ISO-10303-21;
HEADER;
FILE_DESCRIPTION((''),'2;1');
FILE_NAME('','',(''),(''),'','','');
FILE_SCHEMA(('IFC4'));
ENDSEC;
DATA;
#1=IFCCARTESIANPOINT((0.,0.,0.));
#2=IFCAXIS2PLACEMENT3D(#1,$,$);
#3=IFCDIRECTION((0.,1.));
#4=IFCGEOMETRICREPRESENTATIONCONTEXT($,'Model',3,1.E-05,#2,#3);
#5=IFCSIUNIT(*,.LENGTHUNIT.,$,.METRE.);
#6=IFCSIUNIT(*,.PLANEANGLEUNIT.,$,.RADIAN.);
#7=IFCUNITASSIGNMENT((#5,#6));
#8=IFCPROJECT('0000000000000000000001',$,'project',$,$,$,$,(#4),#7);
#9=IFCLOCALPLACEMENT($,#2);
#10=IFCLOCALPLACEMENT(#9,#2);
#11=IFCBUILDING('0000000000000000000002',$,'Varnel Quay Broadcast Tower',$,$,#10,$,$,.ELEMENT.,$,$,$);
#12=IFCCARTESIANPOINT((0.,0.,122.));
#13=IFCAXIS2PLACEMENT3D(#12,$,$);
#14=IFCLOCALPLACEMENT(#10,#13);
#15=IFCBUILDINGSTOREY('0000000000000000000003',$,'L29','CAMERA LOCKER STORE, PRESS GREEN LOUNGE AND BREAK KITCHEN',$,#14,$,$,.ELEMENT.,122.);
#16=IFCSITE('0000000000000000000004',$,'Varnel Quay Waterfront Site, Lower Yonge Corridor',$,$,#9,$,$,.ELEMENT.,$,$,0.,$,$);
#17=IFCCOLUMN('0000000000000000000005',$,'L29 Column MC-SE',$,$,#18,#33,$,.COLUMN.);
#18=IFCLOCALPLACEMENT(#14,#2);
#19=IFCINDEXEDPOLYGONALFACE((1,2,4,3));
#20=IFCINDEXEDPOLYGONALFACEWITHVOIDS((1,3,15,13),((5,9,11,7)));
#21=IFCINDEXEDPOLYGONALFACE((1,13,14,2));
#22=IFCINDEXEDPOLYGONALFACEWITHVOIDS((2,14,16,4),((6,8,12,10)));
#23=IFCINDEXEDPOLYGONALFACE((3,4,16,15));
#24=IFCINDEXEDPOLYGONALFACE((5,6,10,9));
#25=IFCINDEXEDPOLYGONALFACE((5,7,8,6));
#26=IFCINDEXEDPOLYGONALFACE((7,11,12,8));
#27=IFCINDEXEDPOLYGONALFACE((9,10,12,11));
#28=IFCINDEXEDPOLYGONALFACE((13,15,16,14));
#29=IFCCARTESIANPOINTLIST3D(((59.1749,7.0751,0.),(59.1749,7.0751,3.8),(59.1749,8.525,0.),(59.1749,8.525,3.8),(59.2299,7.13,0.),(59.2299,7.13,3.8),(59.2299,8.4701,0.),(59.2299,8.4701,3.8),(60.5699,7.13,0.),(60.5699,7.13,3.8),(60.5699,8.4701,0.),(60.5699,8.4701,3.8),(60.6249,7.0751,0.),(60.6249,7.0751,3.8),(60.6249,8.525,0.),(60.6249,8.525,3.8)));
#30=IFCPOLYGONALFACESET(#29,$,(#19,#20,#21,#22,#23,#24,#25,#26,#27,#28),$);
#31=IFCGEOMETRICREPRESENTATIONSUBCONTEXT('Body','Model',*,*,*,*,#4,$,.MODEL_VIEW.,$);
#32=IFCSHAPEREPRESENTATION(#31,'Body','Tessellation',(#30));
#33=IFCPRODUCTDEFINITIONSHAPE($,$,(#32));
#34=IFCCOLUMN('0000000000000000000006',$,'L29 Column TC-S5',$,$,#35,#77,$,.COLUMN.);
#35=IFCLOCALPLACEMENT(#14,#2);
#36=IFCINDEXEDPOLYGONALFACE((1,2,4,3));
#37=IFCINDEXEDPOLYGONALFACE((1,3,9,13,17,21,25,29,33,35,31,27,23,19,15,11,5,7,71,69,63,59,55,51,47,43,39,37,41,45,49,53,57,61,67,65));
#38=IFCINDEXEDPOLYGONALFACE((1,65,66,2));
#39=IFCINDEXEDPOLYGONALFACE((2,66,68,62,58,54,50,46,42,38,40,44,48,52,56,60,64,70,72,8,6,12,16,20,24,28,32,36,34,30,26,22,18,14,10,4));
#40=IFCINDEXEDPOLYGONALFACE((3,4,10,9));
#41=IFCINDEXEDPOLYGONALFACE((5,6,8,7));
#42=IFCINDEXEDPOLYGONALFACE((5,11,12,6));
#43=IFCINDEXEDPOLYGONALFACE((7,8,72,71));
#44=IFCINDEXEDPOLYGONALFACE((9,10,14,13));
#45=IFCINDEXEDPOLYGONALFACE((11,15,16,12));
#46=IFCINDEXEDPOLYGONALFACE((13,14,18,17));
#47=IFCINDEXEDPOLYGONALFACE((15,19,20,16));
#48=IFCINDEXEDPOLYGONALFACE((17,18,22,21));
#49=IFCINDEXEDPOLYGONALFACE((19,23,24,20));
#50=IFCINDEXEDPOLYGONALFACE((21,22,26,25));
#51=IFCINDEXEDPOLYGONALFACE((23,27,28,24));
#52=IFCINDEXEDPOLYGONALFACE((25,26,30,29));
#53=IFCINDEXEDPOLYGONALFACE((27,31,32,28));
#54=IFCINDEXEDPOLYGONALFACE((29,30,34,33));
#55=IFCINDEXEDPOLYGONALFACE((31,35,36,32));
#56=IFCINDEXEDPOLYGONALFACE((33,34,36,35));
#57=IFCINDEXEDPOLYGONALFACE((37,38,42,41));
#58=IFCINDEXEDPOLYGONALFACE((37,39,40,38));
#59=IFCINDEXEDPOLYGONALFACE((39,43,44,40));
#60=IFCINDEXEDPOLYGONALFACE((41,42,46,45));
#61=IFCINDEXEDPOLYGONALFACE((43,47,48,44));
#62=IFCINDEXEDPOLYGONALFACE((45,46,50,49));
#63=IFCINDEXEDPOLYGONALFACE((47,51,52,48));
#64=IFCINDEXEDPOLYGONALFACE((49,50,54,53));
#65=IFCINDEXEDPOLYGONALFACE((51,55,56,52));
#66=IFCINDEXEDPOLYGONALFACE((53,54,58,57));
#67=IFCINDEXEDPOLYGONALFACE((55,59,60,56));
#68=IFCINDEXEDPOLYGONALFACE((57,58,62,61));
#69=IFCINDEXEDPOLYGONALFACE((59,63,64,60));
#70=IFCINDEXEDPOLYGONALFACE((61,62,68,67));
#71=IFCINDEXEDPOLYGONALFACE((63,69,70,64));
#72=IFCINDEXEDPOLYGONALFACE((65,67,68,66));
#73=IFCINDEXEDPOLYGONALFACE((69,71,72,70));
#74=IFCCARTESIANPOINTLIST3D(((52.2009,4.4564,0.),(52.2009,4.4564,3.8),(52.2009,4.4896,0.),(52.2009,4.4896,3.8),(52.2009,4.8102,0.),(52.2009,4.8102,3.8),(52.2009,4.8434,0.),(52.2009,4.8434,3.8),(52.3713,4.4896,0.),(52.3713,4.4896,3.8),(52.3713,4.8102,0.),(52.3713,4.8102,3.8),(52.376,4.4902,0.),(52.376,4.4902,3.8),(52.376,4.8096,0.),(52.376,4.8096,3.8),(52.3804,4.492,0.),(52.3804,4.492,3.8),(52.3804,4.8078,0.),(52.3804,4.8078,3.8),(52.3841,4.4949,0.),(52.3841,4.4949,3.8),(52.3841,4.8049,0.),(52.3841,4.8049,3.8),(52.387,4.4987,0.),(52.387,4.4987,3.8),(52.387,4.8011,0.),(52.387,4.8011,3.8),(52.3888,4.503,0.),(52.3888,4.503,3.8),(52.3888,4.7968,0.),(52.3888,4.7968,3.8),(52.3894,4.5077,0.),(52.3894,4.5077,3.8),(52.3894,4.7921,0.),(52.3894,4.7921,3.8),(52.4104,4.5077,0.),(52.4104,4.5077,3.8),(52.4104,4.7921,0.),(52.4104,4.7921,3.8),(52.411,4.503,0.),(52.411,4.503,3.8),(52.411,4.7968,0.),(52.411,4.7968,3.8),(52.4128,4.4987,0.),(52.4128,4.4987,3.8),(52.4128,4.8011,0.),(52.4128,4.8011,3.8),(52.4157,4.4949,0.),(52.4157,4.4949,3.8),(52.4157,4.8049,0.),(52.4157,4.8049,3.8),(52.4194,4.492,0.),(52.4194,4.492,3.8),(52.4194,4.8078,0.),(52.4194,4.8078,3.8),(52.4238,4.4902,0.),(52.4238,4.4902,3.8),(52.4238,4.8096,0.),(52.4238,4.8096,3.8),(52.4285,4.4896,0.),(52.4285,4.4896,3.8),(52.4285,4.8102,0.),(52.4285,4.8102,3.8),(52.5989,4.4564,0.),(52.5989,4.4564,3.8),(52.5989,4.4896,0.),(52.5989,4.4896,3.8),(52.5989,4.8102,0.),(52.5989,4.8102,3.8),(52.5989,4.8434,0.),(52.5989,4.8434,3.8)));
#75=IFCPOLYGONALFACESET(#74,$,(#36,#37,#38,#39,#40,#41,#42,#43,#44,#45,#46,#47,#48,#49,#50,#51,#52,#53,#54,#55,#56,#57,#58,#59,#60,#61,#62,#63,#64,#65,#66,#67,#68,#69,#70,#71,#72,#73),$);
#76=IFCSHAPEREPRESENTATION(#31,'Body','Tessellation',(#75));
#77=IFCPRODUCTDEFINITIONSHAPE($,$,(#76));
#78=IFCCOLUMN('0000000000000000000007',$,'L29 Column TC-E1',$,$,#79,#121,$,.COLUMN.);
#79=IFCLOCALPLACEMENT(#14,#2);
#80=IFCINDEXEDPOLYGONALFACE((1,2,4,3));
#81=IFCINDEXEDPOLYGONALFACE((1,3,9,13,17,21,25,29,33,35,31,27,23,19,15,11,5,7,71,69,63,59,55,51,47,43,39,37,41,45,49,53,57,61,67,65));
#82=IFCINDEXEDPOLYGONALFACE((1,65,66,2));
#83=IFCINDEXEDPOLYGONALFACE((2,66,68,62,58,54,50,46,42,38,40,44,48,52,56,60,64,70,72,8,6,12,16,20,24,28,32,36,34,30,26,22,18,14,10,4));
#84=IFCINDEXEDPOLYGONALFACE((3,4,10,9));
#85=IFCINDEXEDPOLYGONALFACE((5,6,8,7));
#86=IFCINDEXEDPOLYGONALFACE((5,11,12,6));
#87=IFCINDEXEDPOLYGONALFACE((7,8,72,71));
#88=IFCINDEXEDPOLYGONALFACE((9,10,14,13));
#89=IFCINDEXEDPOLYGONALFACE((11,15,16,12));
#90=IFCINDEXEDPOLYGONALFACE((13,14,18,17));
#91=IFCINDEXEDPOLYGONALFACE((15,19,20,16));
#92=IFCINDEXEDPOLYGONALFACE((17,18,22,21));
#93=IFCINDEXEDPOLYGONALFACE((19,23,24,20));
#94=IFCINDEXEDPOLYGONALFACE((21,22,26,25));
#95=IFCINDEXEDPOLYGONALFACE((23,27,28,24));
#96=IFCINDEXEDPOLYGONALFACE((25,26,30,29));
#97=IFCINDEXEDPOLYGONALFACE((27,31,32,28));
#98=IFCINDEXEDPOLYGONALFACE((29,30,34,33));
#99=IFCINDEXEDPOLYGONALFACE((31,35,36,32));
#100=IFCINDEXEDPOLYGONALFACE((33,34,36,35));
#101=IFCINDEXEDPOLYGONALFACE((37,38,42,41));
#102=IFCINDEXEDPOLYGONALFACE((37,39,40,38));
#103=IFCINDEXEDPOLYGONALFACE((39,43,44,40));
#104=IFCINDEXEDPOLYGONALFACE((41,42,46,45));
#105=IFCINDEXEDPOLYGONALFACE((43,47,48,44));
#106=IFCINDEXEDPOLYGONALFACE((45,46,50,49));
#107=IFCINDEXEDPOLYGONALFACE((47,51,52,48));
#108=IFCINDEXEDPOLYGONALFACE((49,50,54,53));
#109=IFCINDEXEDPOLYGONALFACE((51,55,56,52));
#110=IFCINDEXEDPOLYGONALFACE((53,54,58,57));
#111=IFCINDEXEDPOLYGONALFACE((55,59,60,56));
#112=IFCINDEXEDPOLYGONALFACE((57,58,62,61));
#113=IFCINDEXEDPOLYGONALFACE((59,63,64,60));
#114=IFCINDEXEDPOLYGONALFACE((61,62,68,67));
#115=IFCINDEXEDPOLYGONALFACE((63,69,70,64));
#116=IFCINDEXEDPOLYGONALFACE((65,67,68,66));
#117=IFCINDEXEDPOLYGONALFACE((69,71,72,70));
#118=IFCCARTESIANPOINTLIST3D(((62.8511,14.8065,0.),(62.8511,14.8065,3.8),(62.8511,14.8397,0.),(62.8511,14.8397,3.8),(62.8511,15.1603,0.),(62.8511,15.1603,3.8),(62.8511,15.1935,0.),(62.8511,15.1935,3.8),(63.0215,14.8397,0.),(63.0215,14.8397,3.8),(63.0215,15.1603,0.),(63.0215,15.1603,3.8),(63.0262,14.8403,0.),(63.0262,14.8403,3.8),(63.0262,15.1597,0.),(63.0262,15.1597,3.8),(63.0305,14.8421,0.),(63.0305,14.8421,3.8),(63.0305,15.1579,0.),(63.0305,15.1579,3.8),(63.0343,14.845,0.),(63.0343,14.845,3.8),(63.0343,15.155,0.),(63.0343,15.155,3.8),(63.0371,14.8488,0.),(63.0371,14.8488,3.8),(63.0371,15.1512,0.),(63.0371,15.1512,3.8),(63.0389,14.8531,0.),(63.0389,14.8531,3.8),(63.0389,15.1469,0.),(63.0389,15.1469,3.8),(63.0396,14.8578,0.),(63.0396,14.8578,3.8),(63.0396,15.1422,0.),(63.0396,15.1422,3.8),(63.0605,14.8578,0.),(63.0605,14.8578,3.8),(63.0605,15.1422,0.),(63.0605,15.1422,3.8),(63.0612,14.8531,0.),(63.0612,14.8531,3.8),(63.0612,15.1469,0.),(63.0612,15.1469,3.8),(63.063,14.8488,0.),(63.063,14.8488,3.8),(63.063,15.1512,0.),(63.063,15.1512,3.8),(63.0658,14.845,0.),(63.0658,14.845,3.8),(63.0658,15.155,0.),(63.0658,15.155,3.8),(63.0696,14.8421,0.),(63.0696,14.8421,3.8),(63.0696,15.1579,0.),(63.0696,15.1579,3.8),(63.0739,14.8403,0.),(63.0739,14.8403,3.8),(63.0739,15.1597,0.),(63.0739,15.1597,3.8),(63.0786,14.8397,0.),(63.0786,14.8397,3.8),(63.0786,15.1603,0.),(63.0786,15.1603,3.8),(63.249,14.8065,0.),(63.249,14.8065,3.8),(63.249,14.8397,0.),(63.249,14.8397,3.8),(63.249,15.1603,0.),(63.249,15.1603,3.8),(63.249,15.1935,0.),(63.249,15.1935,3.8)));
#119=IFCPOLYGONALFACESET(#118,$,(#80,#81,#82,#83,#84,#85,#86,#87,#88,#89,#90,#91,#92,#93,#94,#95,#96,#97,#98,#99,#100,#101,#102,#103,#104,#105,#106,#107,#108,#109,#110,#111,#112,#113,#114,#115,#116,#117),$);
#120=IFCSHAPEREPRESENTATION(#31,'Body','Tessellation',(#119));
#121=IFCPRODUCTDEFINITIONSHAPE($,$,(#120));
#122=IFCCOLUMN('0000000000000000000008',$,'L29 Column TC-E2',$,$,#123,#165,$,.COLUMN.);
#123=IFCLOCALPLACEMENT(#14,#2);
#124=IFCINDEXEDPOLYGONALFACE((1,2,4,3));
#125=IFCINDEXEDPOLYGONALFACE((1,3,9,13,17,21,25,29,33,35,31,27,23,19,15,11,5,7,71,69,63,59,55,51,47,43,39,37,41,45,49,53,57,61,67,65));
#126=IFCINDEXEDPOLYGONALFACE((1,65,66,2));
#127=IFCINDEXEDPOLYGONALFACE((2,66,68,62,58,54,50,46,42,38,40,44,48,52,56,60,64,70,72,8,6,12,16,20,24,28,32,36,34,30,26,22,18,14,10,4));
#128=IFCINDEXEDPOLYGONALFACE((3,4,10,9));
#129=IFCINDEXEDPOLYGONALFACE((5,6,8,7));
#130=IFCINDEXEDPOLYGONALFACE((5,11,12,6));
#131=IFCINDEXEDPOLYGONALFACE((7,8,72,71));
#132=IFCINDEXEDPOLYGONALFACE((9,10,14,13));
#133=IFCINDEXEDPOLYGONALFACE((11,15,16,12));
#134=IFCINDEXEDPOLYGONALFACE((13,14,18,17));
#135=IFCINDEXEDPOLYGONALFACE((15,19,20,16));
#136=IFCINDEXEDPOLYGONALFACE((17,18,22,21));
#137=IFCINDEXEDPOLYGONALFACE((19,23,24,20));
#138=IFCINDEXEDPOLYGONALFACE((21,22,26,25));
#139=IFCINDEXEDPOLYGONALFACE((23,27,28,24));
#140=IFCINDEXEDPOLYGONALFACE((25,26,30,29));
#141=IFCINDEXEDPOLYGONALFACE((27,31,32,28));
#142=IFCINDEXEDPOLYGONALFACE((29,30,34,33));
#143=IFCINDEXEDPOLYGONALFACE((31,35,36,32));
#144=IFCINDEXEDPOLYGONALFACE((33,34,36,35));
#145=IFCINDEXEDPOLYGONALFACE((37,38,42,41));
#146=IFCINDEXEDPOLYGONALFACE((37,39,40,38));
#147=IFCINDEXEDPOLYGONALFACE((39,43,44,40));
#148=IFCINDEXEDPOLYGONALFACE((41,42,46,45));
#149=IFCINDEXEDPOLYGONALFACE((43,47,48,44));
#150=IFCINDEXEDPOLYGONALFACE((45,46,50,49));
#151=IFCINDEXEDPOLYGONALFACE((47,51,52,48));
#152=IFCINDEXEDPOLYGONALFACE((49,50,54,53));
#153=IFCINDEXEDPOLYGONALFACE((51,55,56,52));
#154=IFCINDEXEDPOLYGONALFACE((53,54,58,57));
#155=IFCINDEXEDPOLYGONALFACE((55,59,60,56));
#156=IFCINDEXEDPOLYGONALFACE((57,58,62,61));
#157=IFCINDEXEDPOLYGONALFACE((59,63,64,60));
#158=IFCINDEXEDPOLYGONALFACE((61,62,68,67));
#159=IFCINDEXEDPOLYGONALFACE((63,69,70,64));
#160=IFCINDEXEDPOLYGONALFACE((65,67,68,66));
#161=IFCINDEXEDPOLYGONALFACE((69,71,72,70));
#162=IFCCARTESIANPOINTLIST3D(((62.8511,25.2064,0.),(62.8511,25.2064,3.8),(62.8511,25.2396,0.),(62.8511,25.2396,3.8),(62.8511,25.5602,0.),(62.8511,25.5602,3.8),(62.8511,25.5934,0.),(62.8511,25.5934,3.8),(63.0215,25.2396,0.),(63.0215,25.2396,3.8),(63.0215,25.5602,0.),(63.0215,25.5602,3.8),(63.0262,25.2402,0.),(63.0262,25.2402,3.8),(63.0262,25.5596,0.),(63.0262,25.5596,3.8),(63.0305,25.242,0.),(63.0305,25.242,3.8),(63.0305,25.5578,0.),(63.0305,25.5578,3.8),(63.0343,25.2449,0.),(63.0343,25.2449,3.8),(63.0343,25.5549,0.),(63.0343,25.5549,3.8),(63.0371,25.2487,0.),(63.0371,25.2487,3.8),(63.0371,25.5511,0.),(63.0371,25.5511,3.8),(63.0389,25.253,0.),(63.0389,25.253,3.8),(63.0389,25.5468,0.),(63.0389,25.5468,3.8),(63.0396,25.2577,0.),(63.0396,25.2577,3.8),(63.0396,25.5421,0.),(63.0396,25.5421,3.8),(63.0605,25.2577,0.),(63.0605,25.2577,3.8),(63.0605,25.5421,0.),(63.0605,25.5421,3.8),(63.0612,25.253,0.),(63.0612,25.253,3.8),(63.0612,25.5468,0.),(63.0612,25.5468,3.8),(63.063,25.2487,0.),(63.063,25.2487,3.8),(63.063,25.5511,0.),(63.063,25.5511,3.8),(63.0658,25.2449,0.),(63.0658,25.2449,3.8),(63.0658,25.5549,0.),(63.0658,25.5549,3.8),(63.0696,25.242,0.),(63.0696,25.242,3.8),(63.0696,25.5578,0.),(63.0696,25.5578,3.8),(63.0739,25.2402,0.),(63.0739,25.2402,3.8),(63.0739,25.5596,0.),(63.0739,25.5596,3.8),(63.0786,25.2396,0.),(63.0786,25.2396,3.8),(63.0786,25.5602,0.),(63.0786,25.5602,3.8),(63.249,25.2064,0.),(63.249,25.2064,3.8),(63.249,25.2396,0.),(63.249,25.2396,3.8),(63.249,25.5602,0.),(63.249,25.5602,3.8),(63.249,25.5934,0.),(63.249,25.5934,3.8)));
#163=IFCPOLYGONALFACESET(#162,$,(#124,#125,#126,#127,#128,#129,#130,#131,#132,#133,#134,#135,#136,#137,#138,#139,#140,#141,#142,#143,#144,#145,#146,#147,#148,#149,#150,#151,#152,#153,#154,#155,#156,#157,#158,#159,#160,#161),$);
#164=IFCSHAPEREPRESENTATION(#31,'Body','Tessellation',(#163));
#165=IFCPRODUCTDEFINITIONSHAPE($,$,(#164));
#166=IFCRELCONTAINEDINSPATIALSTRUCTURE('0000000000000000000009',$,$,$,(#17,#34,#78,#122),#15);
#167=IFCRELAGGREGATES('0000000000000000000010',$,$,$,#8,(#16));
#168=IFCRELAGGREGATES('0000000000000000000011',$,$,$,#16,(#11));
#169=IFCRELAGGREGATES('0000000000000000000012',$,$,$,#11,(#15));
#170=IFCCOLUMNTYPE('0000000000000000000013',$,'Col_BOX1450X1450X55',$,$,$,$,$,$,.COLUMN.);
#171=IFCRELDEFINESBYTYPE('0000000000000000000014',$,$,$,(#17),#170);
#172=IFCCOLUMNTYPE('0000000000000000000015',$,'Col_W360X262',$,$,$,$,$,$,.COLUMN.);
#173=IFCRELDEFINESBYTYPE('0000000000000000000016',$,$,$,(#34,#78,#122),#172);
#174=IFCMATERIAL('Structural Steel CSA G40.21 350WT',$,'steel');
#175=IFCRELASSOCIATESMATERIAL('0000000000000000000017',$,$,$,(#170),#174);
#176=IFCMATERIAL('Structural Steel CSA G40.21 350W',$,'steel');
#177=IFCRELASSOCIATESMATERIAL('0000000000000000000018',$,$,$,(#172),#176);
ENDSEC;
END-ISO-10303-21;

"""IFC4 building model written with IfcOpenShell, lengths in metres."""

from ifc_helpers import new_model, si_unit, direction, frame, origin, origin_2d, place, context, subcontext, project, spatial, hollow_rectangle, i_section, extrude, source, transform, mapped, material, material_profile, profile_set, type_object, type_shapes, element, save


model = new_model("IFC4")

# Units and contexts
model_context = context("Model", 3, precision=1e-05, world=origin(), true_north=direction((0.0, 1.0)))
body_context = subcontext(model_context, "Body", "Model", "MODEL_VIEW")
ifc_project = project(units=[si_unit("LENGTHUNIT", "METRE"), si_unit("PLANEANGLEUNIT", "RADIAN")], contexts=[model_context])

# Site, building, storey
site_placement = place(None, origin())
site = spatial("IfcSite", under=ifc_project, at=site_placement, Name="Varnel Quay Waterfront Site, Lower Yonge Corridor", CompositionType="ELEMENT", RefElevation=0.0)
building_placement = place(site_placement, origin())
building = spatial("IfcBuilding", under=site, at=building_placement, Name="Varnel Quay Broadcast Tower", CompositionType="ELEMENT")
storey_placement = place(building_placement, frame((0.0, 0.0, 122.0)))
storey = spatial("IfcBuildingStorey", under=building, at=storey_placement, Name="L29", Description="CAMERA LOCKER STORE, PRESS GREEN LOUNGE AND BREAK KITCHEN", CompositionType="ELEMENT", Elevation=122.0)

# Columns
ifc_material_1 = material(Name="Structural Steel CSA G40.21 350WT", Category="steel")
ifc_material_profile_1 = material_profile(ifc_material_1, hollow_rectangle(XDim=1.45, YDim=1.45, WallThickness=0.0549, at=origin_2d()), Name="BOX1450X1450X55")
ifc_profile_set_1 = profile_set([ifc_material_profile_1], Name="Structural Steel CSA G40.21 350WT")
column_type_1 = type_object("IfcColumnType", Name="Col_BOX1450X1450X55", PredefinedType="COLUMN", material=ifc_profile_set_1)
shared_shape_1 = source(origin(), body_context, "Body", "SweptSolid", [
    extrude(hollow_rectangle(XDim=1.45, YDim=1.45, WallThickness=0.0549, at=origin_2d()), origin(), (0.0, 0.0, 1.0), 3.8),
])
type_shapes(column_type_1, [shared_shape_1])
column_placement = place(storey_placement, frame((59.8999, 7.8, 0.0), z_axis=(0.0, 0.0, 1.0), x_axis=(1.0, 0.0, 0.0)))
element("IfcColumn", 1, at=column_placement, inside=storey, type_object=column_type_1, Name="L29 Column MC-SE", PredefinedType="COLUMN", context=body_context, shape_type="MappedRepresentation", body=[
    mapped(shared_shape_1, transform((0.0, 0.0, 0.0), x_axis=(1.0, 0.0, 0.0), y_axis=(0.0, 1.0, 0.0), z_axis=(0.0, 0.0, 1.0), scale=1.0)),
])
ifc_material_2 = material(Name="Structural Steel CSA G40.21 350W", Category="steel")
ifc_material_profile_2 = material_profile(ifc_material_2, i_section(OverallWidth=0.3979, OverallDepth=0.387, WebThickness=0.021, FlangeThickness=0.0332, FilletRadius=0.0181, at=origin_2d()), Name="W360X262")
ifc_profile_set_2 = profile_set([ifc_material_profile_2], Name="Structural Steel CSA G40.21 350W")
column_type_2 = type_object("IfcColumnType", Name="Col_W360X262", PredefinedType="COLUMN", material=ifc_profile_set_2)
shared_shape_2 = source(origin(), body_context, "Body", "SweptSolid", [
    extrude(i_section(OverallWidth=0.3979, OverallDepth=0.387, WebThickness=0.021, FlangeThickness=0.0332, FilletRadius=0.0181, at=origin_2d()), origin(), (0.0, 0.0, 1.0), 3.8),
])
type_shapes(column_type_2, [shared_shape_2])
for number, where, z_axis, x_axis, name in (
    (2, (52.3999, 4.6499, 0.0), (0.0, 0.0, 1.0), (1.0, 0.0, 0.0), "L29 Column TC-S5"),
    (3, (63.05, 15.0, 0.0), (0.0, 0.0, 1.0), (1.0, 0.0, 0.0), "L29 Column TC-E1"),
    (4, (63.05, 25.3999, 0.0), (0.0, 0.0, 1.0), (1.0, 0.0, 0.0), "L29 Column TC-E2"),
):
    element("IfcColumn", number, at=place(storey_placement, frame(where, z_axis=z_axis, x_axis=x_axis)), inside=storey, type_object=column_type_2, Name=name, PredefinedType="COLUMN", context=body_context, shape_type="MappedRepresentation", body=[
        mapped(shared_shape_2, transform((0.0, 0.0, 0.0), x_axis=(1.0, 0.0, 0.0), y_axis=(0.0, 1.0, 0.0), z_axis=(0.0, 0.0, 1.0), scale=1.0)),
    ])

save(model, "model.ifc")
